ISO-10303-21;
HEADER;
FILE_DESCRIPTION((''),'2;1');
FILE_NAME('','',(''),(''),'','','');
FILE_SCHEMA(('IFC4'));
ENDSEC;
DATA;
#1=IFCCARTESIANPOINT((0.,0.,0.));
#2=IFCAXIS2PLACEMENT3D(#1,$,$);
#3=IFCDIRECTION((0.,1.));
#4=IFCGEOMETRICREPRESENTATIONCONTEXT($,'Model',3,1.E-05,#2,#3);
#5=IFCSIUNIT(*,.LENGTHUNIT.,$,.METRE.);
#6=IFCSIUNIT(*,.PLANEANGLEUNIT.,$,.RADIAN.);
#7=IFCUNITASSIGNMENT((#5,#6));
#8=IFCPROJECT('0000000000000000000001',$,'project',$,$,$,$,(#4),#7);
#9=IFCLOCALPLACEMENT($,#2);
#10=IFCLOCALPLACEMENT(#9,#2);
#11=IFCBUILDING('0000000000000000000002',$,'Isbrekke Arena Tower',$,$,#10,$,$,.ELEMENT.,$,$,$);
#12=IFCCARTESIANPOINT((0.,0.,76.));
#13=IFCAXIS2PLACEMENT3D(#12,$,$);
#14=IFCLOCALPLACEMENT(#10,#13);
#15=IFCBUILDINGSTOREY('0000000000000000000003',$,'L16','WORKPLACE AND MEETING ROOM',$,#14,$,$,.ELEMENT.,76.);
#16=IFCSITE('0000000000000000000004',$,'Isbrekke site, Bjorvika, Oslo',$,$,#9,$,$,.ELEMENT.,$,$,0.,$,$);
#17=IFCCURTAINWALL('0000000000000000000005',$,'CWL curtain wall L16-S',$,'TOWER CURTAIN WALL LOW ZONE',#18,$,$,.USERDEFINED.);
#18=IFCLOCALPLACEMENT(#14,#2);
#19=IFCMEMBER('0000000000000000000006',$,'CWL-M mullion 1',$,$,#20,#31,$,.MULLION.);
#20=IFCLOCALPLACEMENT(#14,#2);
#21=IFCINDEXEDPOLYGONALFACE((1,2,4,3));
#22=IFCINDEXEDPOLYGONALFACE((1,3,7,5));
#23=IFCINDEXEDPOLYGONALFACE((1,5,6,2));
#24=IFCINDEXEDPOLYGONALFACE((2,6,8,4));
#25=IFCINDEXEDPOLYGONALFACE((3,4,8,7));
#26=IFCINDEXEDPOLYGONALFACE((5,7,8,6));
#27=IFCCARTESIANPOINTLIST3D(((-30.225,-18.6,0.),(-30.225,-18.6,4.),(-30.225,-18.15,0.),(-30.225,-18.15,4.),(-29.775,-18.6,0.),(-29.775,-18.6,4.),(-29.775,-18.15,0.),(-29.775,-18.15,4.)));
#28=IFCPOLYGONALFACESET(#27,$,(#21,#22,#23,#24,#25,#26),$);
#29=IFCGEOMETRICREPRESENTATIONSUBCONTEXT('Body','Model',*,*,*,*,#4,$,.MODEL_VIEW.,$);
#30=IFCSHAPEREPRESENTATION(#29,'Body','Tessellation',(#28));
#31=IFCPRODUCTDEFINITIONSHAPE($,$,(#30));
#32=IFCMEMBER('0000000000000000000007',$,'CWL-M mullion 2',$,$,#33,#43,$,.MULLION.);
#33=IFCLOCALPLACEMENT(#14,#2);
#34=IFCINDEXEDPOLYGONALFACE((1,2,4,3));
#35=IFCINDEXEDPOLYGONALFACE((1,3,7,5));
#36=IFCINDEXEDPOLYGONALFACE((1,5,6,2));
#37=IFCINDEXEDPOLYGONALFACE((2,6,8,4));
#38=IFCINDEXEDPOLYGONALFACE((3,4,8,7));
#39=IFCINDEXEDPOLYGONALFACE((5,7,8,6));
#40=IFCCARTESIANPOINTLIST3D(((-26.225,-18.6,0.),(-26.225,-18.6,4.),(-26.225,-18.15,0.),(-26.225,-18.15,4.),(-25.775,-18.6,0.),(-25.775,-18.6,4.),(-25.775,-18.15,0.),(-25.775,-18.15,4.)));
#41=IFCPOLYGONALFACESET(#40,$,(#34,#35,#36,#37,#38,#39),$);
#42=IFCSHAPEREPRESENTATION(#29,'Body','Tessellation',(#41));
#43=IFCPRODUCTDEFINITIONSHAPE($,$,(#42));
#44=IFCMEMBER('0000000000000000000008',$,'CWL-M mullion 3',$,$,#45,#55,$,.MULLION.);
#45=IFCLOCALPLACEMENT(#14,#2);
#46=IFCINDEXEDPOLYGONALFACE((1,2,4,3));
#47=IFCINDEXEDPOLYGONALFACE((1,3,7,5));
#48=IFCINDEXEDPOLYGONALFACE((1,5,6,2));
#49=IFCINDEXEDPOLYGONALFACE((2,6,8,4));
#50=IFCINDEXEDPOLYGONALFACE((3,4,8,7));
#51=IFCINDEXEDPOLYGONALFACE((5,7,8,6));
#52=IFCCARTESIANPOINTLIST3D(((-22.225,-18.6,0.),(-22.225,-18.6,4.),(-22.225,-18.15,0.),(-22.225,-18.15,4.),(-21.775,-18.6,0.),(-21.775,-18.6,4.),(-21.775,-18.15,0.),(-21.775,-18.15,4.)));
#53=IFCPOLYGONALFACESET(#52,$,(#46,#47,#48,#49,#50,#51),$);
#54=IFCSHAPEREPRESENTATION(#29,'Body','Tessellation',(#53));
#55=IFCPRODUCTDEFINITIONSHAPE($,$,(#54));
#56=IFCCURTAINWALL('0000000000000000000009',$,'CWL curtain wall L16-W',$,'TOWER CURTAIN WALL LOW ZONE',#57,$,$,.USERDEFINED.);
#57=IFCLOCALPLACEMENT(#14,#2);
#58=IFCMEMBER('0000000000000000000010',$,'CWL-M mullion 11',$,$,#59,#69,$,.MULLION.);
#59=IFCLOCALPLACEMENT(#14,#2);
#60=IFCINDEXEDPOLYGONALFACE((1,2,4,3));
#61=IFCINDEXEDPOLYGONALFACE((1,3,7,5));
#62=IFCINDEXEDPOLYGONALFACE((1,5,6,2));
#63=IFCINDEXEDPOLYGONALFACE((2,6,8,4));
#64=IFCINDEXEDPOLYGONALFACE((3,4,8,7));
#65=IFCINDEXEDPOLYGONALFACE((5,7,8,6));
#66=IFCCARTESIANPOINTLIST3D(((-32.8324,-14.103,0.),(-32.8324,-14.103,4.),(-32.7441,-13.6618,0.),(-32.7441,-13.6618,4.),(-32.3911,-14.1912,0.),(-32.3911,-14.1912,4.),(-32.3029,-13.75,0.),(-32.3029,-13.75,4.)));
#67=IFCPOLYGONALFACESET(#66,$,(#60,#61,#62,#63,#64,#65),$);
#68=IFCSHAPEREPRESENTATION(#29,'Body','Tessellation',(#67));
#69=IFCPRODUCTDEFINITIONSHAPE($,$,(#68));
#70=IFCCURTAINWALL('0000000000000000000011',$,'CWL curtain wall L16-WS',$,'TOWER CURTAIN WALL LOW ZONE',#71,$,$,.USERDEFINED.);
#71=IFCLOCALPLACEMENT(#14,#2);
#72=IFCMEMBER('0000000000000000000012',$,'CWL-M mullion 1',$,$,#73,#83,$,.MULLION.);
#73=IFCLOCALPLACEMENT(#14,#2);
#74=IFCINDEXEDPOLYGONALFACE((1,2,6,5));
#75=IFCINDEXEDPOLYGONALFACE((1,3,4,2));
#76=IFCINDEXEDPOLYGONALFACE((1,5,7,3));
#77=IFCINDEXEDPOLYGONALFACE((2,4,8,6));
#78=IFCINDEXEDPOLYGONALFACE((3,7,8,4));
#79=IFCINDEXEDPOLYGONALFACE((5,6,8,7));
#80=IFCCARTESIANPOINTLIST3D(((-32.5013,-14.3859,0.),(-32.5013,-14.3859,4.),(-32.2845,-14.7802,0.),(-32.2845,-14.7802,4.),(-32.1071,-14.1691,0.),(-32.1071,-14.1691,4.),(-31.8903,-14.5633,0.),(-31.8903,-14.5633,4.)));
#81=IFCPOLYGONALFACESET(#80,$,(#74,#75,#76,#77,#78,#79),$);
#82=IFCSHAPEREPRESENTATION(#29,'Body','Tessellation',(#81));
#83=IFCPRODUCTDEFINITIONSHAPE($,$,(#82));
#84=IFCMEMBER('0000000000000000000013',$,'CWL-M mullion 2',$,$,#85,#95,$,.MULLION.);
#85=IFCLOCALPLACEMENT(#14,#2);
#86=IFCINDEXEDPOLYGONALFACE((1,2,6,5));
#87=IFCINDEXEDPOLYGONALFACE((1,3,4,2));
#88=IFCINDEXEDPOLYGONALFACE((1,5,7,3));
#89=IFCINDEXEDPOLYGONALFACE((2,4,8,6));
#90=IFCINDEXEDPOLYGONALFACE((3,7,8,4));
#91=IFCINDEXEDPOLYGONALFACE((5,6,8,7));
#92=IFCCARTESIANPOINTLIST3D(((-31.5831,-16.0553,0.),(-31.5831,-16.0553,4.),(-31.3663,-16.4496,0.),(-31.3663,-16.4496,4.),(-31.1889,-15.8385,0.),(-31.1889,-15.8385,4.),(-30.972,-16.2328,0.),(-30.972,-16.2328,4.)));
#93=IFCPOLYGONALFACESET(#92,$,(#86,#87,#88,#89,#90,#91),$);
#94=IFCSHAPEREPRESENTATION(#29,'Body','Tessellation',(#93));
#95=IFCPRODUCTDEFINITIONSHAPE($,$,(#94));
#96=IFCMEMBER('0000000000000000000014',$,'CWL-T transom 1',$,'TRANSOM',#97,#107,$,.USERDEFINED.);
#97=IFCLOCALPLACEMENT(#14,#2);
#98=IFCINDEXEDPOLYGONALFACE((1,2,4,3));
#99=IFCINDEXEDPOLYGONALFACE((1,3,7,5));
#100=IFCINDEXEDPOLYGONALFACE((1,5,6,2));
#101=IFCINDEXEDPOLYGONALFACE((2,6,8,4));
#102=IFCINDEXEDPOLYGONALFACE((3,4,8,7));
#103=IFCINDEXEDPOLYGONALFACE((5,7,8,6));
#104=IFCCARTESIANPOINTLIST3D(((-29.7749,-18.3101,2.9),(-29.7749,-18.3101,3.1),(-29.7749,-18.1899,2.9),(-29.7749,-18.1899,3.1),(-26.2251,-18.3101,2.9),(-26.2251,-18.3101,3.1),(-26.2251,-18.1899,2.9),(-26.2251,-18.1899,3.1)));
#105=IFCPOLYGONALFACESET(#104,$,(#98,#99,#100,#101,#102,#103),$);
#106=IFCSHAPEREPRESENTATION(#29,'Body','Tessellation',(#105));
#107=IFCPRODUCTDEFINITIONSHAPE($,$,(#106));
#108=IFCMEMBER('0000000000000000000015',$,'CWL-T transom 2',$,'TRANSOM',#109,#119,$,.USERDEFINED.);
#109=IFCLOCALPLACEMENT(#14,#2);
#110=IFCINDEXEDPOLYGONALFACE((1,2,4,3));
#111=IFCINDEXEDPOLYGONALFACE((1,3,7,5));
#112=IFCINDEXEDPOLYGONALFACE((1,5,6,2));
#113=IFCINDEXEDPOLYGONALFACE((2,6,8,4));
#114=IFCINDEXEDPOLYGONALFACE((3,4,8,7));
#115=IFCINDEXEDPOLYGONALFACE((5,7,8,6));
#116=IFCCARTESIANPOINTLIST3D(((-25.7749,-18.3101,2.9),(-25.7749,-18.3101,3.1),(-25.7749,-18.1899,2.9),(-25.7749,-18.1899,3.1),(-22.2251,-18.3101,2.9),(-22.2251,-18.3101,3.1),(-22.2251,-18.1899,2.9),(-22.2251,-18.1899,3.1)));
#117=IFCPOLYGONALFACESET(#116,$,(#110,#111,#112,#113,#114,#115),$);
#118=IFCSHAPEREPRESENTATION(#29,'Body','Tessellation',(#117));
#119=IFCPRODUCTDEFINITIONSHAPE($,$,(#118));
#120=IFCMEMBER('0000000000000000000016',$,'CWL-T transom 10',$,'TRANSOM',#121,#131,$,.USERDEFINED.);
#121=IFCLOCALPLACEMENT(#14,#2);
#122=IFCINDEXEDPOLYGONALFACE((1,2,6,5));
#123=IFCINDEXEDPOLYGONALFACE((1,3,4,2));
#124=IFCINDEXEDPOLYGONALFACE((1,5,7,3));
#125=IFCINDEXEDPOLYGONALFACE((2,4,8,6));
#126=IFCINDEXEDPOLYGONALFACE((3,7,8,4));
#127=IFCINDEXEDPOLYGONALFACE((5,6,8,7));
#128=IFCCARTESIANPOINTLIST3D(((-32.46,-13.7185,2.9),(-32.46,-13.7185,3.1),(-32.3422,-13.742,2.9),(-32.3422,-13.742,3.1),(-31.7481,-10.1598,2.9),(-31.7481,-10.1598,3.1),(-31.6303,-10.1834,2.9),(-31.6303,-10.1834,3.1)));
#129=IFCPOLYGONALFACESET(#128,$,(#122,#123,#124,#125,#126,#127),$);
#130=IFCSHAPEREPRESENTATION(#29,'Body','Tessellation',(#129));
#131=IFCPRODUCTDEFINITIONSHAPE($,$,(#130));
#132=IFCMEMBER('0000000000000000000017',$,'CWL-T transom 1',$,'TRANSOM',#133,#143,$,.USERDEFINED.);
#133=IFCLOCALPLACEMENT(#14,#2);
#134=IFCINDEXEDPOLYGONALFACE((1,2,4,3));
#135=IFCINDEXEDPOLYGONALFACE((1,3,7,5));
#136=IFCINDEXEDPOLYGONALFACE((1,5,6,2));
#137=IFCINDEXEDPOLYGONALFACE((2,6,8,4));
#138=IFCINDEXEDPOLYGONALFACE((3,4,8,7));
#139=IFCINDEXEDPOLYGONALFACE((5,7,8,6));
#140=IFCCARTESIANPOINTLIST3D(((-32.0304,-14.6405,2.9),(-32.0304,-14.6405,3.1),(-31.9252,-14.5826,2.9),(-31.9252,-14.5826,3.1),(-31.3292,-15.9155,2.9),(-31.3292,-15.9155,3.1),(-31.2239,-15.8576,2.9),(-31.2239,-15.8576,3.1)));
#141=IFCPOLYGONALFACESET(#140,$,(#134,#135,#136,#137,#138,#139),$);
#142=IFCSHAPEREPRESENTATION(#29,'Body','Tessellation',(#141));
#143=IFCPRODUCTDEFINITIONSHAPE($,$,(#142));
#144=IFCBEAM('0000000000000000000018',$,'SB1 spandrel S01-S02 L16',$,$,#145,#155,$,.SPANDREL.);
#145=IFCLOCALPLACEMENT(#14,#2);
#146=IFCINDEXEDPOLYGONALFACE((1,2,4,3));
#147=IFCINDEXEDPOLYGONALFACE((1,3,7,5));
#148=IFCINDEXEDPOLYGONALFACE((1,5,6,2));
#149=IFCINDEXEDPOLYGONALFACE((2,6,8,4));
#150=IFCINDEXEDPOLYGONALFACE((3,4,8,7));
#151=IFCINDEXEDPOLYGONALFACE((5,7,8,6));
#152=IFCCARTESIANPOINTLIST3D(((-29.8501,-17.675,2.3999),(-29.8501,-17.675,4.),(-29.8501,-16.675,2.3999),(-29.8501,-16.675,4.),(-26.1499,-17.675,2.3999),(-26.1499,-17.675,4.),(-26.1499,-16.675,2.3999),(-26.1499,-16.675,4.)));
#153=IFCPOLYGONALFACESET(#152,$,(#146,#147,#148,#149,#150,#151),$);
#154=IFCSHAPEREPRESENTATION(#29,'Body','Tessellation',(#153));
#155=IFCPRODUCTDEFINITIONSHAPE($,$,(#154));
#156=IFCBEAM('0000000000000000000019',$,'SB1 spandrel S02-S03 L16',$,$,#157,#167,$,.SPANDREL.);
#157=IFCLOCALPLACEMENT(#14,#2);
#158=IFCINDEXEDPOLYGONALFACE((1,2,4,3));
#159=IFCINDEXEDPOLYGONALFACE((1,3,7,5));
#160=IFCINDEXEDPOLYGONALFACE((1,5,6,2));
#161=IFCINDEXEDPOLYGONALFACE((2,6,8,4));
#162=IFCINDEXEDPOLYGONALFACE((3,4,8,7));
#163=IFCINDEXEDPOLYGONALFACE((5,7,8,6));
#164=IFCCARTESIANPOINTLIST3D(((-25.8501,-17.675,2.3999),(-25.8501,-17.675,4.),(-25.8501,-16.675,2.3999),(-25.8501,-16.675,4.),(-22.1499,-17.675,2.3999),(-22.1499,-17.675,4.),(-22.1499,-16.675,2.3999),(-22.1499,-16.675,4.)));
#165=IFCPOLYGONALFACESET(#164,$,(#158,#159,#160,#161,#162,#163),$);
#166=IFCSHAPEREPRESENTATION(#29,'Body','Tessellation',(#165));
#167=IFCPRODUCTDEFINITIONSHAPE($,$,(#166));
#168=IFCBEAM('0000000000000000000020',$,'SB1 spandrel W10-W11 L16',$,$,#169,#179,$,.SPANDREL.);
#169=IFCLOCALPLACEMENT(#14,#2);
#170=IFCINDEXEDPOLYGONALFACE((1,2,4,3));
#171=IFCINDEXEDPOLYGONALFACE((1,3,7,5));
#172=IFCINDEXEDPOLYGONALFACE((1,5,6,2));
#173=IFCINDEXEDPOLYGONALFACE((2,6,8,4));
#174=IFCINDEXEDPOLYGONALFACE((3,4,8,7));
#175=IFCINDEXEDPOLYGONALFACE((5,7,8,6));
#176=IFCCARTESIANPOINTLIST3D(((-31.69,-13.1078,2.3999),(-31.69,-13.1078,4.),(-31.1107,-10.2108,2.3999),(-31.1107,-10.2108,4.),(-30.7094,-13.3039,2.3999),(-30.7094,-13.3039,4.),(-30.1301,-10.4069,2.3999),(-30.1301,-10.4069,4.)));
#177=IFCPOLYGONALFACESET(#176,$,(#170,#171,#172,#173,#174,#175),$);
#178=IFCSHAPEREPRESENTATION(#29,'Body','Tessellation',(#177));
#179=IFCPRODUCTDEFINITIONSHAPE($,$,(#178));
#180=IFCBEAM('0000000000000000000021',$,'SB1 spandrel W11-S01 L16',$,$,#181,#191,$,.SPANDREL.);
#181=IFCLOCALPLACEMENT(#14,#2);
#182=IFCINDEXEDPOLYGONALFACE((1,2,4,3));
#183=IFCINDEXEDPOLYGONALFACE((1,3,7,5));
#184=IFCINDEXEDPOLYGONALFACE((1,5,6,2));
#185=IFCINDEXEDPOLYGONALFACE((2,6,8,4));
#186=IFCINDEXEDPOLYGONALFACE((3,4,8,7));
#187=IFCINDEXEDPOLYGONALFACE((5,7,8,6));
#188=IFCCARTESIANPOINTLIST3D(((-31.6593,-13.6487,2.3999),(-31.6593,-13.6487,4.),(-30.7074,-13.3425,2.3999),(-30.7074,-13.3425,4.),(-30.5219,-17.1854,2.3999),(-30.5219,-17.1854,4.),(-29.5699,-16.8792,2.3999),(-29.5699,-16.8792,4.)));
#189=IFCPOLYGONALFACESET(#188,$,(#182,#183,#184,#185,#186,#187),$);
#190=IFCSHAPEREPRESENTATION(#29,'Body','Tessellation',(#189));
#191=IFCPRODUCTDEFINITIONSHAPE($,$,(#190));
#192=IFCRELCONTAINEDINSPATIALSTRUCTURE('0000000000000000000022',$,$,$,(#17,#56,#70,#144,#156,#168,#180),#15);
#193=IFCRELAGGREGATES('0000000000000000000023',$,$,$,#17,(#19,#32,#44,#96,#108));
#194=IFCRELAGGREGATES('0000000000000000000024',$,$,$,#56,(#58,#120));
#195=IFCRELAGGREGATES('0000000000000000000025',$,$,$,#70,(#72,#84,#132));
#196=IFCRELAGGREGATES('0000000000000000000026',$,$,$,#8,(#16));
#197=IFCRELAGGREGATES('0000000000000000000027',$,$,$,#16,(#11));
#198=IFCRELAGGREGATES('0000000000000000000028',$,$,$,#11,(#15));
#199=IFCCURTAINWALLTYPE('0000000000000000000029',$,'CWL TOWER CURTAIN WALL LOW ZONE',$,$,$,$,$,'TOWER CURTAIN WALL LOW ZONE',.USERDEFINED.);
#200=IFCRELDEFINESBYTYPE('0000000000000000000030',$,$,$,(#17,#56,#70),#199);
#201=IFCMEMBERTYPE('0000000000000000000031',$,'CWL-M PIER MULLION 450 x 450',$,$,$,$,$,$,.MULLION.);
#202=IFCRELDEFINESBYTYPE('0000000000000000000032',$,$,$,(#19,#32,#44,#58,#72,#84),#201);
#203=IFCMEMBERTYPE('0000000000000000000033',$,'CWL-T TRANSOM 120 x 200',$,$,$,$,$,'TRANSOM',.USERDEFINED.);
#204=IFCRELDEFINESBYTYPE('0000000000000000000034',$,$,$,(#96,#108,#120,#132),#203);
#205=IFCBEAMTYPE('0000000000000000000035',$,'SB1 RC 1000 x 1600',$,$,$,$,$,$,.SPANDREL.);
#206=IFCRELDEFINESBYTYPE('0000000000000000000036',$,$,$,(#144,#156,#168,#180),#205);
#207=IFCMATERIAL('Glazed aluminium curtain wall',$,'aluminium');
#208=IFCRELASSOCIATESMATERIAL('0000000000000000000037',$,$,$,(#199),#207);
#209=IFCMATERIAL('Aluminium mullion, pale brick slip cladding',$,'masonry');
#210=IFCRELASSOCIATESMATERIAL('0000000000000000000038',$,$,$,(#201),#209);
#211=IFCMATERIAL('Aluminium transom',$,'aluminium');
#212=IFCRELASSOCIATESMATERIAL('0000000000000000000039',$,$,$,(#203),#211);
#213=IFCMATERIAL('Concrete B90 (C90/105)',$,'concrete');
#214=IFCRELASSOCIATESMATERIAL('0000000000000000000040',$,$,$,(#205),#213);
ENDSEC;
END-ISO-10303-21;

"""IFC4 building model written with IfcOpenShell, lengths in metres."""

from ifc_helpers import new_model, si_unit, direction, frame, origin, origin_2d, place, context, subcontext, project, spatial, rectangle, extrude, material, material_profile, profile_set, type_object, element, aggregate, save


model = new_model("IFC4")

# Units and contexts
model_context = context("Model", 3, precision=1e-05, world=origin(), true_north=direction((0.0, 1.0)))
body_context = subcontext(model_context, "Body", "Model", "MODEL_VIEW")
ifc_project = project(units=[si_unit("LENGTHUNIT", "METRE"), si_unit("PLANEANGLEUNIT", "RADIAN")], contexts=[model_context])

# Site, building, storey
site_placement = place(None, origin())
site = spatial("IfcSite", under=ifc_project, at=site_placement, Name="Isbrekke site, Bjorvika, Oslo", CompositionType="ELEMENT", RefElevation=0.0)
building_placement = place(site_placement, origin())
building = spatial("IfcBuilding", under=site, at=building_placement, Name="Isbrekke Arena Tower", CompositionType="ELEMENT")
storey_placement = place(building_placement, frame((0.0, 0.0, 76.0)))
storey = spatial("IfcBuildingStorey", under=building, at=storey_placement, Name="L16", Description="WORKPLACE AND MEETING ROOM", CompositionType="ELEMENT", Elevation=76.0)

# Curtain wall, members
ifc_material_1 = material(Name="Glazed aluminium curtain wall", Category="aluminium")
curtain_wall_type = type_object("IfcCurtainWallType", Name="CWL TOWER CURTAIN WALL LOW ZONE", ElementType="TOWER CURTAIN WALL LOW ZONE", PredefinedType="USERDEFINED", material=ifc_material_1)
curtain_wall_1_placement = place(storey_placement, origin())
curtain_wall_1 = element("IfcCurtainWall", 1, at=curtain_wall_1_placement, inside=storey, type_object=curtain_wall_type, Name="CWL curtain wall L16-S", ObjectType="TOWER CURTAIN WALL LOW ZONE", PredefinedType="USERDEFINED")
ifc_material_2 = material(Name="Aluminium mullion, pale brick slip cladding", Category="masonry")
ifc_material_profile_1 = material_profile(ifc_material_2, rectangle(XDim=0.45, YDim=0.45, at=origin_2d()), Name="PIER 450X450")
ifc_profile_set_1 = profile_set([ifc_material_profile_1], Name="Aluminium mullion, pale brick slip cladding")
member_type_1 = type_object("IfcMemberType", Name="CWL-M PIER MULLION 450 x 450", PredefinedType="MULLION", material=ifc_profile_set_1)
member_1_placement = place(storey_placement, frame((-30.0, -18.375, 0.0), z_axis=(0.0, 0.0, 1.0), x_axis=(1.0, 0.0, 0.0)))
member_1 = element("IfcMember", 2, at=member_1_placement, type_object=member_type_1, Name="CWL-M mullion 1", PredefinedType="MULLION", context=body_context, shape_type="SweptSolid", body=[
    extrude(rectangle(XDim=0.45, YDim=0.45, at=origin_2d()), origin(), (0.0, 0.0, 1.0), 4.0),
])
member_2_placement = place(storey_placement, frame((-26.0, -18.375, 0.0), z_axis=(0.0, 0.0, 1.0), x_axis=(1.0, 0.0, 0.0)))
member_2 = element("IfcMember", 3, at=member_2_placement, type_object=member_type_1, Name="CWL-M mullion 2", PredefinedType="MULLION", context=body_context, shape_type="SweptSolid", body=[
    extrude(rectangle(XDim=0.45, YDim=0.45, at=origin_2d()), origin(), (0.0, 0.0, 1.0), 4.0),
])
member_3_placement = place(storey_placement, frame((-22.0, -18.375, 0.0), z_axis=(0.0, 0.0, 1.0), x_axis=(1.0, 0.0, 0.0)))
member_3 = element("IfcMember", 4, at=member_3_placement, type_object=member_type_1, Name="CWL-M mullion 3", PredefinedType="MULLION", context=body_context, shape_type="SweptSolid", body=[
    extrude(rectangle(XDim=0.45, YDim=0.45, at=origin_2d()), origin(), (0.0, 0.0, 1.0), 4.0),
])

# Curtain wall, member
curtain_wall_2_placement = place(storey_placement, origin())
curtain_wall_2 = element("IfcCurtainWall", 5, at=curtain_wall_2_placement, inside=storey, type_object=curtain_wall_type, Name="CWL curtain wall L16-W", ObjectType="TOWER CURTAIN WALL LOW ZONE", PredefinedType="USERDEFINED")
member_4_placement = place(storey_placement, frame((-32.5676, -13.9265, 0.0), z_axis=(0.0, 0.0, 1.0), x_axis=(-0.196116, -0.980581, 0.0)))
member_4 = element("IfcMember", 6, at=member_4_placement, type_object=member_type_1, Name="CWL-M mullion 11", PredefinedType="MULLION", context=body_context, shape_type="SweptSolid", body=[
    extrude(rectangle(XDim=0.45, YDim=0.45, at=origin_2d()), origin(), (0.0, 0.0, 1.0), 4.0),
])

# Curtain wall, members
curtain_wall_3_placement = place(storey_placement, origin())
curtain_wall_3 = element("IfcCurtainWall", 7, at=curtain_wall_3_placement, inside=storey, type_object=curtain_wall_type, Name="CWL curtain wall L16-WS", ObjectType="TOWER CURTAIN WALL LOW ZONE", PredefinedType="USERDEFINED")
member_5_placement = place(storey_placement, frame((-32.1958, -14.4746, 0.0), z_axis=(0.0, 0.0, 1.0), x_axis=(0.481919, -0.876216, 0.0)))
member_5 = element("IfcMember", 8, at=member_5_placement, type_object=member_type_1, Name="CWL-M mullion 1", PredefinedType="MULLION", context=body_context, shape_type="SweptSolid", body=[
    extrude(rectangle(XDim=0.45, YDim=0.45, at=origin_2d()), origin(), (0.0, 0.0, 1.0), 4.0),
])
member_6_placement = place(storey_placement, frame((-31.2776, -16.144, 0.0), z_axis=(0.0, 0.0, 1.0), x_axis=(0.481919, -0.876216, 0.0)))
member_6 = element("IfcMember", 9, at=member_6_placement, type_object=member_type_1, Name="CWL-M mullion 2", PredefinedType="MULLION", context=body_context, shape_type="SweptSolid", body=[
    extrude(rectangle(XDim=0.45, YDim=0.45, at=origin_2d()), origin(), (0.0, 0.0, 1.0), 4.0),
])

# Members
ifc_material_3 = material(Name="Aluminium transom", Category="aluminium")
ifc_material_profile_2 = material_profile(ifc_material_3, rectangle(XDim=0.1201, YDim=0.2, at=origin_2d()), Name="TRANSOM 120X200")
ifc_profile_set_2 = profile_set([ifc_material_profile_2], Name="Aluminium transom")
member_type_2 = type_object("IfcMemberType", Name="CWL-T TRANSOM 120 x 200", ElementType="TRANSOM", PredefinedType="USERDEFINED", material=ifc_profile_set_2)
member_7_placement = place(storey_placement, frame((-29.7749, -18.25, 3.0), z_axis=(1.0, 0.0, 0.0), x_axis=(0.0, 1.0, 0.0)))
member_7 = element("IfcMember", 10, at=member_7_placement, type_object=member_type_2, Name="CWL-T transom 1", ObjectType="TRANSOM", PredefinedType="USERDEFINED", context=body_context, shape_type="SweptSolid", body=[
    extrude(rectangle(XDim=0.1201, YDim=0.2, at=origin_2d()), origin(), (0.0, 0.0, 1.0), 3.5498),
])
member_8_placement = place(storey_placement, frame((-25.7749, -18.25, 3.0), z_axis=(1.0, 0.0, 0.0), x_axis=(0.0, 1.0, 0.0)))
member_8 = element("IfcMember", 11, at=member_8_placement, type_object=member_type_2, Name="CWL-T transom 2", ObjectType="TRANSOM", PredefinedType="USERDEFINED", context=body_context, shape_type="SweptSolid", body=[
    extrude(rectangle(XDim=0.1201, YDim=0.2, at=origin_2d()), origin(), (0.0, 0.0, 1.0), 3.5498),
])
member_9_placement = place(storey_placement, frame((-31.6892, -10.1716, 3.0), z_axis=(-0.196168, -0.98057, 0.0), x_axis=(0.98057, -0.196168, 0.0)))
member_9 = element("IfcMember", 12, at=member_9_placement, type_object=member_type_2, Name="CWL-T transom 10", ObjectType="TRANSOM", PredefinedType="USERDEFINED", context=body_context, shape_type="SweptSolid", body=[
    extrude(rectangle(XDim=0.1201, YDim=0.2, at=origin_2d()), origin(), (0.0, 0.0, 1.0), 3.6292),
])
member_10_placement = place(storey_placement, frame((-31.9778, -14.6116, 3.0), z_axis=(0.481906, -0.876223, 0.0), x_axis=(0.876223, 0.481906, 0.0)))
member_10 = element("IfcMember", 13, at=member_10_placement, type_object=member_type_2, Name="CWL-T transom 1", ObjectType="TRANSOM", PredefinedType="USERDEFINED", context=body_context, shape_type="SweptSolid", body=[
    extrude(rectangle(XDim=0.1201, YDim=0.2, at=origin_2d()), origin(), (0.0, 0.0, 1.0), 1.4551),
])

# Beams
ifc_material_4 = material(Name="Concrete B90 (C90/105)", Category="concrete")
ifc_material_profile_3 = material_profile(ifc_material_4, rectangle(XDim=1.0, YDim=1.6001, at=origin_2d()), Name="RC 1000x1600")
ifc_profile_set_3 = profile_set([ifc_material_profile_3], Name="Concrete B90 (C90/105)")
beam_type_1 = type_object("IfcBeamType", Name="SB1 RC 1000 x 1600", PredefinedType="SPANDREL", material=ifc_profile_set_3)
for number, where, z_axis, x_axis, name in (
    (14, (-29.8501, -17.175, 3.2), (1.0, 0.0, 0.0), (0.0, 1.0, 0.0), "SB1 spandrel S01-S02 L16"),
    (15, (-25.8501, -17.175, 3.2), (1.0, 0.0, 0.0), (0.0, 1.0, 0.0), "SB1 spandrel S02-S03 L16"),
):
    element("IfcBeam", number, at=place(storey_placement, frame(where, z_axis=z_axis, x_axis=x_axis)), inside=storey, type_object=beam_type_1, Name=name, PredefinedType="SPANDREL", context=body_context, shape_type="SweptSolid", body=[
        extrude(rectangle(XDim=1.0, YDim=1.6001, at=origin_2d()), origin(), (0.0, 0.0, 1.0), 3.7002),
    ])
beam_1_placement = place(storey_placement, frame((-30.6204, -10.3088, 3.2), z_axis=(-0.1961, -0.980584, 0.0), x_axis=(0.980584, -0.1961, 0.0)))
element("IfcBeam", 16, at=beam_1_placement, inside=storey, type_object=beam_type_1, Name="SB1 spandrel W10-W11 L16", PredefinedType="SPANDREL", context=body_context, shape_type="SweptSolid", body=[
    extrude(rectangle(XDim=1.0, YDim=1.6001, at=origin_2d()), origin(), (0.0, 0.0, 1.0), 2.9543),
])
beam_2_placement = place(storey_placement, frame((-31.1833, -13.4956, 3.2), z_axis=(0.306175, -0.951975, 0.0), x_axis=(0.951975, 0.306175, 0.0)))
element("IfcBeam", 17, at=beam_2_placement, inside=storey, type_object=beam_type_1, Name="SB1 spandrel W11-S01 L16", PredefinedType="SPANDREL", context=body_context, shape_type="SweptSolid", body=[
    extrude(rectangle(XDim=1.0, YDim=1.6001, at=origin_2d()), origin(), (0.0, 0.0, 1.0), 3.7151),
])

aggregate(curtain_wall_1, [member_1, member_2, member_3, member_7, member_8])
aggregate(curtain_wall_2, [member_4, member_9])
aggregate(curtain_wall_3, [member_5, member_6, member_10])

save(model, "model.ifc")
